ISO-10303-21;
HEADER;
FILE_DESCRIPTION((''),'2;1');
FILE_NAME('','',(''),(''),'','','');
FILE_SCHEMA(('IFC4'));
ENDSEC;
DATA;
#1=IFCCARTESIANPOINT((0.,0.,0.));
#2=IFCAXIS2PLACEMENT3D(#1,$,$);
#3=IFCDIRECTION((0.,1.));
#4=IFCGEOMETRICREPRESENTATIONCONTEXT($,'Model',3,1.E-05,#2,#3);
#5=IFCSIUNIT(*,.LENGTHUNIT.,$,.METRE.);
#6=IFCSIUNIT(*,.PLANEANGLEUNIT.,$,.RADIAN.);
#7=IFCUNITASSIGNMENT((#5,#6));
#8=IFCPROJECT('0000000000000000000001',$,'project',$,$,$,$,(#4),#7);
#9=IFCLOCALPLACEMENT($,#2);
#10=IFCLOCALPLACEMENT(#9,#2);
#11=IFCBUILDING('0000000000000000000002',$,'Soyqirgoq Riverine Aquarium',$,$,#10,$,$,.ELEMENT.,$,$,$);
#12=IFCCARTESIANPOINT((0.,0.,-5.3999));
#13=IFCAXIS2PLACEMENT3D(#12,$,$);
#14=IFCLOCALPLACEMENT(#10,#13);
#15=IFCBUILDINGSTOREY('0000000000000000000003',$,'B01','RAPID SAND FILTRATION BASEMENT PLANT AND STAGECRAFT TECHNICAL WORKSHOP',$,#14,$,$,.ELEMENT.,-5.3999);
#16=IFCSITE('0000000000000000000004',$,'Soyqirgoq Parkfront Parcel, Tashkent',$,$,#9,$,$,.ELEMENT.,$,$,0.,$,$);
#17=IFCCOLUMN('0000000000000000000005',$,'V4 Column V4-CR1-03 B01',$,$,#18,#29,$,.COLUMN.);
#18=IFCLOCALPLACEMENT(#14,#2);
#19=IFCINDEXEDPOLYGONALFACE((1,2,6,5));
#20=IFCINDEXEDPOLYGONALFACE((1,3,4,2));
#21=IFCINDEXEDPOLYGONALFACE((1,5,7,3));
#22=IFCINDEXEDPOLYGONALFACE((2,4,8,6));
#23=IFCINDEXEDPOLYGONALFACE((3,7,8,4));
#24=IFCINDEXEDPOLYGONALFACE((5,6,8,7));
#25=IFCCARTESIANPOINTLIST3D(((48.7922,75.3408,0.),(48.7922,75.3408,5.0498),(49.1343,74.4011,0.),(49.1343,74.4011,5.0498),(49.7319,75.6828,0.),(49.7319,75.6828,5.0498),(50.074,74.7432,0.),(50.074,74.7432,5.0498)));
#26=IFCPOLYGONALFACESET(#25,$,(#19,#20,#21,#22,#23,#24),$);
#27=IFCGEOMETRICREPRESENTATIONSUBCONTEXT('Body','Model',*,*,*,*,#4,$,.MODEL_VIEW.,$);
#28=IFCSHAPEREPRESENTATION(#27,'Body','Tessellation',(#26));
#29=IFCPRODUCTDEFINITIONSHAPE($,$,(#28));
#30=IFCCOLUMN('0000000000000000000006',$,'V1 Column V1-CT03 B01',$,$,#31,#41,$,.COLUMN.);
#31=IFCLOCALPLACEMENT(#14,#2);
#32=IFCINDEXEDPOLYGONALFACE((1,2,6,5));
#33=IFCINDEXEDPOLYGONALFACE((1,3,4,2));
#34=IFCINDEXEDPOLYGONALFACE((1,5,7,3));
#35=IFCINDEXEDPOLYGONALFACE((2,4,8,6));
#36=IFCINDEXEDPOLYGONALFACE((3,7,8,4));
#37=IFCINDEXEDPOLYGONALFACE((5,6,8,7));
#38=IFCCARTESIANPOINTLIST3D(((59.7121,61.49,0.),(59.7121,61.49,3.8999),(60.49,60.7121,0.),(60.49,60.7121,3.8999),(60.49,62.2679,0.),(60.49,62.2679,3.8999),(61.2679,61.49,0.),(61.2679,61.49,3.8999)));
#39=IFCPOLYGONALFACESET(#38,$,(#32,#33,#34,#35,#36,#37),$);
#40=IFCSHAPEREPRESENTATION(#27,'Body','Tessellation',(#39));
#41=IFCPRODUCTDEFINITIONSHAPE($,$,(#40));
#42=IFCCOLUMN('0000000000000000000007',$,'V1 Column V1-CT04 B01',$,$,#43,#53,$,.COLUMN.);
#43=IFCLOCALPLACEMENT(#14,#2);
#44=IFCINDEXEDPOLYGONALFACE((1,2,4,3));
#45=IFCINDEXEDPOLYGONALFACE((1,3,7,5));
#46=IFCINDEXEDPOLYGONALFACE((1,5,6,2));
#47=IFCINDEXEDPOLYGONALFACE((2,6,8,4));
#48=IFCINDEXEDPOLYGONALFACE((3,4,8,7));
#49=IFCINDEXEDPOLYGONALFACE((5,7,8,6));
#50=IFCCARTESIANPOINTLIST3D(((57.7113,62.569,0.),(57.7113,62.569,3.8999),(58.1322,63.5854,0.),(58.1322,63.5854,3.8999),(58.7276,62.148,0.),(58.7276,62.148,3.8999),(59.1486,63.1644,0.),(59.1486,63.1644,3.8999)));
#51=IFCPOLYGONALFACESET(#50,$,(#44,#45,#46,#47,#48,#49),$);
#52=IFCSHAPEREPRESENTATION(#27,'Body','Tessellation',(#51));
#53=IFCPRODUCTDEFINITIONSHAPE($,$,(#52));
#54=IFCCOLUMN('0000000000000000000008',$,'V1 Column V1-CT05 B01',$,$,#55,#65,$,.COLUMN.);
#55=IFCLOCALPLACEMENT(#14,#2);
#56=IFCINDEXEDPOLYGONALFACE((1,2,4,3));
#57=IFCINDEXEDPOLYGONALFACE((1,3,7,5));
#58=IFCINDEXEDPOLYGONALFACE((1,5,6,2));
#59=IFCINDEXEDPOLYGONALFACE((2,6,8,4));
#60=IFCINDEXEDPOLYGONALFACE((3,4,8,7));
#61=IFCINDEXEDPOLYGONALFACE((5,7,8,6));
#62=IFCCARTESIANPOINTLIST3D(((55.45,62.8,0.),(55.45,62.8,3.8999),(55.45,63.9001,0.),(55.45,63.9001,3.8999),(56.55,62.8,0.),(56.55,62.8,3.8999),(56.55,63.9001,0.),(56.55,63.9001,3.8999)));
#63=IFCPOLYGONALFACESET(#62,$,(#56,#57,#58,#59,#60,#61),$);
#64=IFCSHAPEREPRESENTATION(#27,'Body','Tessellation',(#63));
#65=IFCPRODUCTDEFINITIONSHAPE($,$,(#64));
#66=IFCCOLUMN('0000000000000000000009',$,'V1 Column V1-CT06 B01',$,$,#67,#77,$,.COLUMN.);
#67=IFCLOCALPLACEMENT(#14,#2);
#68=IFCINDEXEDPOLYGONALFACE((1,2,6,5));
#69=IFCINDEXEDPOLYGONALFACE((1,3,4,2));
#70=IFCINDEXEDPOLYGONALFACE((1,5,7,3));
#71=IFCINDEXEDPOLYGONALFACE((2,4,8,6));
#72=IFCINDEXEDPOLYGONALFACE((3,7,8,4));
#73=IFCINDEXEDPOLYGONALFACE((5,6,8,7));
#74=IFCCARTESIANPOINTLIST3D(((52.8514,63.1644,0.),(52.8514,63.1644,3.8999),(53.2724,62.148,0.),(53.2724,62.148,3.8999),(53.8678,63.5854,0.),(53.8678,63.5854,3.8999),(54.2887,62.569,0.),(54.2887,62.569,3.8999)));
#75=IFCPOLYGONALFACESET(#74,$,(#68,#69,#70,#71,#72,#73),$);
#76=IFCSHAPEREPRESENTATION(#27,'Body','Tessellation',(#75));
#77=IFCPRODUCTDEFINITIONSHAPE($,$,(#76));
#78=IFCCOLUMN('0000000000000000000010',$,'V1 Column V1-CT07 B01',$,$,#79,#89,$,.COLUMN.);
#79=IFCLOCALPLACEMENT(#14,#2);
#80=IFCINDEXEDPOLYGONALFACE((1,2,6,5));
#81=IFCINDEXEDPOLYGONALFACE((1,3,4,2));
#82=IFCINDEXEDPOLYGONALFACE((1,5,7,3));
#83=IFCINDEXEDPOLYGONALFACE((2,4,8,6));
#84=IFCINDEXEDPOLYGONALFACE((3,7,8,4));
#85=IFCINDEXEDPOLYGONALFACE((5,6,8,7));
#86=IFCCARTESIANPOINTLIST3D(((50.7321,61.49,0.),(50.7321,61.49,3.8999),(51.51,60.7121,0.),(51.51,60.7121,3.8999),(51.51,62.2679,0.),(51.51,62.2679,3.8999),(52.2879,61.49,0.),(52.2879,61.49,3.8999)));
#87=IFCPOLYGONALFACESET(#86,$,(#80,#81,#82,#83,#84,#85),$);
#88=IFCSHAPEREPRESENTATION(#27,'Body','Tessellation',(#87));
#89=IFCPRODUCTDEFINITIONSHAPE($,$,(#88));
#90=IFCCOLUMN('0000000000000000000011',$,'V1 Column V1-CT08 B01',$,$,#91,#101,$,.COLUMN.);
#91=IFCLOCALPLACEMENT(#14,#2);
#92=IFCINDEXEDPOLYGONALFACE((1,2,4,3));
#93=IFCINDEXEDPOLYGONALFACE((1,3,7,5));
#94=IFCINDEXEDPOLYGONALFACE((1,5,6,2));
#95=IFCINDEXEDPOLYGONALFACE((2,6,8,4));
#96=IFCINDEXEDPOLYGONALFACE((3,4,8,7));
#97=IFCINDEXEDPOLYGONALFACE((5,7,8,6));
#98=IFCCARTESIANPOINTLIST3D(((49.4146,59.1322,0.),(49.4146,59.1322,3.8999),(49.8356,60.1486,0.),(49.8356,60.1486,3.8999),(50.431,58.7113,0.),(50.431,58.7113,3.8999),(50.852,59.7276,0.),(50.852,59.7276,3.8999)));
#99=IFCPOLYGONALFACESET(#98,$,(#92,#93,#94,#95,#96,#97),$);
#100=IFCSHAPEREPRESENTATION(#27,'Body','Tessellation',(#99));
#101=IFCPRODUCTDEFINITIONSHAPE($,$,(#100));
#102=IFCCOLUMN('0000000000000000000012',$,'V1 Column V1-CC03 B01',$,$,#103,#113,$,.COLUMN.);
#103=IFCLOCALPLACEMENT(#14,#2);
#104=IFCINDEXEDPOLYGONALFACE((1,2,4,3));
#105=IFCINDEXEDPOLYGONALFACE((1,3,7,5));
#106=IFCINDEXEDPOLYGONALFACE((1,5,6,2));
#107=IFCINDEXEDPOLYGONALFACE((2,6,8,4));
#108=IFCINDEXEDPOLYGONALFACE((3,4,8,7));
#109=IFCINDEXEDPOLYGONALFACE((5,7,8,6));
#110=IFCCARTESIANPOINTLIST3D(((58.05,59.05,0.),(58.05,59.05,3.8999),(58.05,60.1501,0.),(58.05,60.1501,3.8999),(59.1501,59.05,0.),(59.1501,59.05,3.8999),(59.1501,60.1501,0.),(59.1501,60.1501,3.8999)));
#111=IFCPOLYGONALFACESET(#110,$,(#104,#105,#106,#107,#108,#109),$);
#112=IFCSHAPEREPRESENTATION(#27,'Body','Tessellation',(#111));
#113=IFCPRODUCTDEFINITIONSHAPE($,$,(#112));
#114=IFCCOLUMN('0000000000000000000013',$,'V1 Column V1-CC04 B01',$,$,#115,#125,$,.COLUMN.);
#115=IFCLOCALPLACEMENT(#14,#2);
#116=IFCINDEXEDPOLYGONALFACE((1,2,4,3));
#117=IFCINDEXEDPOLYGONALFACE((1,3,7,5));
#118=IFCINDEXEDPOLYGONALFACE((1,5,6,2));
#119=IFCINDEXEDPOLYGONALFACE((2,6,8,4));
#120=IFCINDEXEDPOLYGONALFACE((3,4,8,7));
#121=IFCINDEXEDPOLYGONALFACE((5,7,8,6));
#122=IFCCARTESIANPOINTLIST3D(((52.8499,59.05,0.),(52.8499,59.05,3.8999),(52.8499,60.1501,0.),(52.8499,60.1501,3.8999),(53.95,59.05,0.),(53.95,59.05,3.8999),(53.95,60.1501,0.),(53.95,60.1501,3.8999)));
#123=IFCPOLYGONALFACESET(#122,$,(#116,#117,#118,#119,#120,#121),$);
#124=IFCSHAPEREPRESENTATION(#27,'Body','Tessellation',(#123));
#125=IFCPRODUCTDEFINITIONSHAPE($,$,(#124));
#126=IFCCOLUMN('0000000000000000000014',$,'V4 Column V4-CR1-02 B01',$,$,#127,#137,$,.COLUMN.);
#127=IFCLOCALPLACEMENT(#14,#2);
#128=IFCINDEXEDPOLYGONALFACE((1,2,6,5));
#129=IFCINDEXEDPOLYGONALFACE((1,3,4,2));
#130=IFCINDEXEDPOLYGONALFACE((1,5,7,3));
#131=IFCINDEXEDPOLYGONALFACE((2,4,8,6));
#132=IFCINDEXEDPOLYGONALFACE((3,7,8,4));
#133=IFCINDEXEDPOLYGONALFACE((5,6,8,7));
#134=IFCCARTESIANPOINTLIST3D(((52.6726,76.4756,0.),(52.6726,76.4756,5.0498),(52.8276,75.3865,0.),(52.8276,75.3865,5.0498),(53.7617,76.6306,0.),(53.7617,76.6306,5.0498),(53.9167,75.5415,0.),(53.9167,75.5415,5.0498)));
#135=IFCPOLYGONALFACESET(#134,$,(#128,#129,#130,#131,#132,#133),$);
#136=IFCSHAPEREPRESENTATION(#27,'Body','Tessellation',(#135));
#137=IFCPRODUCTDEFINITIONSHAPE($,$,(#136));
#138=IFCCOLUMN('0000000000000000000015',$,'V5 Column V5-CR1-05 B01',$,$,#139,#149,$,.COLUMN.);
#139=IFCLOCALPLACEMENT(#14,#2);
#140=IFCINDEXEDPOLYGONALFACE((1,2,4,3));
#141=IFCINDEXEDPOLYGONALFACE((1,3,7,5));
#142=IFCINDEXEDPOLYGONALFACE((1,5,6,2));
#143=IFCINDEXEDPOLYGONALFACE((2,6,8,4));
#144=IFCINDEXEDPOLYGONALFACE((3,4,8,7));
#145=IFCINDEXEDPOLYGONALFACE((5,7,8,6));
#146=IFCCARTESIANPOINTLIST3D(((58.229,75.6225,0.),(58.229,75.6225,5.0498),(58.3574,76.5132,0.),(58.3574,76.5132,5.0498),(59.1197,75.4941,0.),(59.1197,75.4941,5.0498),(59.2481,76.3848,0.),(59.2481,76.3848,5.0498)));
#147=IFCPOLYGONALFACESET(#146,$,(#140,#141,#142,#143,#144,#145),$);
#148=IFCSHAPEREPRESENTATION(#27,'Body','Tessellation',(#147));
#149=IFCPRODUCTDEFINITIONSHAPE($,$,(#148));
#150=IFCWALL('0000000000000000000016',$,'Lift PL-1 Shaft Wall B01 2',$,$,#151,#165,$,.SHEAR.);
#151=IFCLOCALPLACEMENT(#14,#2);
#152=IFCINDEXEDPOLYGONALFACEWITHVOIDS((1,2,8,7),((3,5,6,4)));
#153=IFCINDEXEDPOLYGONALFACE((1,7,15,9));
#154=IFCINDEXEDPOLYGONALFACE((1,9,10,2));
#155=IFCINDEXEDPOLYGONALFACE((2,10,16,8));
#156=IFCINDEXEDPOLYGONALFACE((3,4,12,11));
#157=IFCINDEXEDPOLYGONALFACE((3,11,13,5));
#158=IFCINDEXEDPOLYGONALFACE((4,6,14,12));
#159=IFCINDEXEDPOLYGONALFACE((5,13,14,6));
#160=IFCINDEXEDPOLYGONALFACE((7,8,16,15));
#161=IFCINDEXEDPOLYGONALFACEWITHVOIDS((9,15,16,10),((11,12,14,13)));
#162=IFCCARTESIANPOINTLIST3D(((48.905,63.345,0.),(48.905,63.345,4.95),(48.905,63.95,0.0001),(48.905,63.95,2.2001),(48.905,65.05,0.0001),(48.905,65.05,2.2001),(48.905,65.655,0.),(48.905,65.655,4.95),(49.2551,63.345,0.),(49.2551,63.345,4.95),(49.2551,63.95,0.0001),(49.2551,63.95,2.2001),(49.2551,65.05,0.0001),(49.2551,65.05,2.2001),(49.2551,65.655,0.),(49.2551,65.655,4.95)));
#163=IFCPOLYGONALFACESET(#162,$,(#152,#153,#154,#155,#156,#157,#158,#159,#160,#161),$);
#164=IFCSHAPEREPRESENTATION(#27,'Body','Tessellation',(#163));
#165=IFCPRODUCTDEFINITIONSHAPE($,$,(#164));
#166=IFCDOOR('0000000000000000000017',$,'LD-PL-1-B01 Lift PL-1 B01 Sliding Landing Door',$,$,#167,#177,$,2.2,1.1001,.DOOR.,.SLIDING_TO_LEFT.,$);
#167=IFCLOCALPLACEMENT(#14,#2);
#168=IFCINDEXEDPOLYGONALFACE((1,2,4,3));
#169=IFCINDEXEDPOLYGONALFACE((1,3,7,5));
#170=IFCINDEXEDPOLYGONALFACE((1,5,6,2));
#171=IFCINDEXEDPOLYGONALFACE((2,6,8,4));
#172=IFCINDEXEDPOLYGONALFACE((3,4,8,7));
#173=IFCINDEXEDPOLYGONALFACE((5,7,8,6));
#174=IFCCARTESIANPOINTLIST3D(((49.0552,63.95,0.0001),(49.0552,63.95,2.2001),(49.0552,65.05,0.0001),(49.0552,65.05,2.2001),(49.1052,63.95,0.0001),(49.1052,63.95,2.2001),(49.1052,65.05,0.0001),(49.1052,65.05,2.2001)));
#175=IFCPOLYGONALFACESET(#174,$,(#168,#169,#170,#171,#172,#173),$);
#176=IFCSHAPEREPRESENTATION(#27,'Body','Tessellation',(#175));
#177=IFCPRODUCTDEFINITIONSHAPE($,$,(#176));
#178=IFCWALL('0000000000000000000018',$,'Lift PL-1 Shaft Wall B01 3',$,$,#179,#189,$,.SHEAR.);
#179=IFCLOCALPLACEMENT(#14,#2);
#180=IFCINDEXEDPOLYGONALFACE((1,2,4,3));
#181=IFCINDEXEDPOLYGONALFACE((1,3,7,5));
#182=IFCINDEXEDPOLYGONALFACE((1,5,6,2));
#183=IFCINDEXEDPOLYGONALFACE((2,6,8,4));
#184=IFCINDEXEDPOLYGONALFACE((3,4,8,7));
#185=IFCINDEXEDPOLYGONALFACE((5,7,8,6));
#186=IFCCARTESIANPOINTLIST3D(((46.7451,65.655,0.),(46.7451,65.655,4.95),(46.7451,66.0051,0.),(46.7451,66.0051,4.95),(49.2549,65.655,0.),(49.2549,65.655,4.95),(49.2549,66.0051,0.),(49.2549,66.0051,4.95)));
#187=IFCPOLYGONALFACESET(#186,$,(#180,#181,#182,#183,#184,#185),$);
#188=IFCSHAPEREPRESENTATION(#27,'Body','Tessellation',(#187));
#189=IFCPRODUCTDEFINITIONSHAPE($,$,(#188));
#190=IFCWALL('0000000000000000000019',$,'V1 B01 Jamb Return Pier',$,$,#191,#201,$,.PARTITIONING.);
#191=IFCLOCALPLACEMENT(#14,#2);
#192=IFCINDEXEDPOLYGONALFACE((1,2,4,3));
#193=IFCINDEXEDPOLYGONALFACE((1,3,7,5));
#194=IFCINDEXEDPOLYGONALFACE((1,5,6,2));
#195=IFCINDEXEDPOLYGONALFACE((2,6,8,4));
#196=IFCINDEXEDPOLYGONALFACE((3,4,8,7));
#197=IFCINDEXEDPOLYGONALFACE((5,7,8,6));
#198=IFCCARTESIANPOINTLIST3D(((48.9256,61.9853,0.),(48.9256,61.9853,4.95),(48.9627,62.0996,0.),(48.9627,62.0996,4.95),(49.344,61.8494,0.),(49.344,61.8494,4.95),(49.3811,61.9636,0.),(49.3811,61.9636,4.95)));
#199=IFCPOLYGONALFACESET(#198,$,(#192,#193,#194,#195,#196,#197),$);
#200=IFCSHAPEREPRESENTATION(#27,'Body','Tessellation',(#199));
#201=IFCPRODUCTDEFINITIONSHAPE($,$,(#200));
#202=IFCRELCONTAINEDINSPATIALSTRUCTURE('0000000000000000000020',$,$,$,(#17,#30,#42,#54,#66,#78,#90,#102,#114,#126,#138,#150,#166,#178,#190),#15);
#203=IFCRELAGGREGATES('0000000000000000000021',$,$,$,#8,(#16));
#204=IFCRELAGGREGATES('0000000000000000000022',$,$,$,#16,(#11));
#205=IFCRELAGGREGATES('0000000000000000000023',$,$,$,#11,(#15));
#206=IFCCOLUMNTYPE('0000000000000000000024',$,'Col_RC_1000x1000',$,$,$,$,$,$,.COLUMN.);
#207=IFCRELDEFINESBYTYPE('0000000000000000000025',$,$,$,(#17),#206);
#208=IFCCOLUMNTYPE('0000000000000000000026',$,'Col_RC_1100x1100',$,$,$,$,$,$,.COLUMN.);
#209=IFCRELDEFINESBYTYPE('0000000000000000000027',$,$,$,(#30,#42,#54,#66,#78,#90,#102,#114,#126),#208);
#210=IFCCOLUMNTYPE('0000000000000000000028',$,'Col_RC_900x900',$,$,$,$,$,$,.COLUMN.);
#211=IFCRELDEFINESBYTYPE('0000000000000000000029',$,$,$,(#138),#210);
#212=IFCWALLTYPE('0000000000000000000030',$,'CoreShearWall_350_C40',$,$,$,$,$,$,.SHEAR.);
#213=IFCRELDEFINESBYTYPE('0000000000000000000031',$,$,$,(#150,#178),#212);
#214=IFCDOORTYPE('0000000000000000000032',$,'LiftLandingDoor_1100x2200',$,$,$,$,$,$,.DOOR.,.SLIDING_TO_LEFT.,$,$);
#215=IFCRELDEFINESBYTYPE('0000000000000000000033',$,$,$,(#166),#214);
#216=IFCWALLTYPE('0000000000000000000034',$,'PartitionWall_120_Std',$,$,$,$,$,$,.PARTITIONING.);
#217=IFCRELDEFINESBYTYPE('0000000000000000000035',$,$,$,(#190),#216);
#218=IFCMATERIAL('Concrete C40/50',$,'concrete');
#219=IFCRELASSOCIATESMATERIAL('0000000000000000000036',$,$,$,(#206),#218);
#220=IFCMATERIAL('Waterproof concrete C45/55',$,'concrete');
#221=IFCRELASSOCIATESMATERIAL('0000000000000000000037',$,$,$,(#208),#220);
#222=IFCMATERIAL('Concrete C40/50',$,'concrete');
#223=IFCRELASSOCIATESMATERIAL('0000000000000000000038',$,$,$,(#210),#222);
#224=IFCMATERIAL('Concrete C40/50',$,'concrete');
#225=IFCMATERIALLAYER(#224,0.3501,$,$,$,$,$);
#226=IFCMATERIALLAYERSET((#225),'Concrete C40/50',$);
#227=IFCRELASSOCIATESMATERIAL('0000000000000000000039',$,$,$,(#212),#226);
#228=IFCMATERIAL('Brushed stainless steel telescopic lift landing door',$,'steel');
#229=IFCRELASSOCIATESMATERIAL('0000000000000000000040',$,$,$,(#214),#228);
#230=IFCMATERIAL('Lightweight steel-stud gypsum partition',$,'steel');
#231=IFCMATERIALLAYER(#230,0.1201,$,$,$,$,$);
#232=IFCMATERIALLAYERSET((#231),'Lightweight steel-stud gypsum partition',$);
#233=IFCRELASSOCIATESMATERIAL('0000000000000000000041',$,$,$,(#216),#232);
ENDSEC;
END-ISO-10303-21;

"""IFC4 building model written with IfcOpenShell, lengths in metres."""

from ifc_helpers import new_model, si_unit, direction, frame, frame_2d, origin, origin_2d, place, context, subcontext, project, spatial, rectangle, extrude, material, layer, layer_set, material_profile, profile_set, type_object, element, fill, save


model = new_model("IFC4")

# Units and contexts
model_context = context("Model", 3, precision=1e-05, world=origin(), true_north=direction((0.0, 1.0)))
body_context = subcontext(model_context, "Body", "Model", "MODEL_VIEW")
ifc_project = project(units=[si_unit("LENGTHUNIT", "METRE"), si_unit("PLANEANGLEUNIT", "RADIAN")], contexts=[model_context])

# Site, building, storey
site_placement = place(None, origin())
site = spatial("IfcSite", under=ifc_project, at=site_placement, Name="Soyqirgoq Parkfront Parcel, Tashkent", CompositionType="ELEMENT", RefElevation=0.0)
building_placement = place(site_placement, origin())
building = spatial("IfcBuilding", under=site, at=building_placement, Name="Soyqirgoq Riverine Aquarium", CompositionType="ELEMENT")
storey_placement = place(building_placement, frame((0.0, 0.0, -5.3999)))
storey = spatial("IfcBuildingStorey", under=building, at=storey_placement, Name="B01", Description="RAPID SAND FILTRATION BASEMENT PLANT AND STAGECRAFT TECHNICAL WORKSHOP", CompositionType="ELEMENT", Elevation=-5.3999)

# Columns
ifc_material_1 = material(Name="Concrete C40/50", Category="concrete")
ifc_material_profile_1 = material_profile(ifc_material_1, rectangle(XDim=1.0, YDim=1.0, at=origin_2d()), Name="RC 1000x1000")
ifc_profile_set_1 = profile_set([ifc_material_profile_1], Name="Concrete C40/50")
column_type_1 = type_object("IfcColumnType", Name="Col_RC_1000x1000", PredefinedType="COLUMN", material=ifc_profile_set_1)
column_1_placement = place(storey_placement, frame((49.4331, 75.042, 0.0), z_axis=(0.0, 0.0, 1.0), x_axis=(-0.34202, 0.939693, 0.0)))
element("IfcColumn", 1, at=column_1_placement, inside=storey, type_object=column_type_1, Name="V4 Column V4-CR1-03 B01", PredefinedType="COLUMN", context=body_context, shape_type="SweptSolid", body=[
    extrude(rectangle(XDim=1.0, YDim=1.0, at=origin_2d()), origin(), (0.0, 0.0, 1.0), 5.0498),
])
ifc_material_2 = material(Name="Waterproof concrete C45/55", Category="concrete")
ifc_material_profile_2 = material_profile(ifc_material_2, rectangle(XDim=1.1001, YDim=1.1001, at=origin_2d()), Name="RC 1100x1100")
ifc_profile_set_2 = profile_set([ifc_material_profile_2], Name="Waterproof concrete C45/55")
column_type_2 = type_object("IfcColumnType", Name="Col_RC_1100x1100", PredefinedType="COLUMN", material=ifc_profile_set_2)
for number, where, z_axis, x_axis, name in (
    (2, (60.49, 61.49, 0.0), (0.0, 0.0, 1.0), (0.707107, 0.707107, 0.0), "V1 Column V1-CT03 B01"),
    (3, (58.4299, 62.8667, 0.0), (0.0, 0.0, 1.0), (0.382683, 0.92388, 0.0), "V1 Column V1-CT04 B01"),
    (4, (56.0, 63.3501, 0.0), (0.0, 0.0, 1.0), (0.0, 1.0, 0.0), "V1 Column V1-CT05 B01"),
    (5, (53.5701, 62.8667, 0.0), (0.0, 0.0, 1.0), (-0.382683, 0.92388, 0.0), "V1 Column V1-CT06 B01"),
    (6, (51.51, 61.49, 0.0), (0.0, 0.0, 1.0), (-0.707107, 0.707107, 0.0), "V1 Column V1-CT07 B01"),
    (7, (50.1333, 59.4299, 0.0), (0.0, 0.0, 1.0), (-0.92388, 0.382683, 0.0), "V1 Column V1-CT08 B01"),
    (8, (58.6001, 59.6001, 0.0), (0.0, 0.0, 1.0), (1.0, 0.0, 0.0), "V1 Column V1-CC03 B01"),
    (9, (53.3999, 59.6001, 0.0), (0.0, 0.0, 1.0), (1.0, 0.0, 0.0), "V1 Column V1-CC04 B01"),
):
    element("IfcColumn", number, at=place(storey_placement, frame(where, z_axis=z_axis, x_axis=x_axis)), inside=storey, type_object=column_type_2, Name=name, PredefinedType="COLUMN", context=body_context, shape_type="SweptSolid", body=[
        extrude(rectangle(XDim=1.1001, YDim=1.1001, at=origin_2d()), origin(), (0.0, 0.0, 1.0), 3.8999),
    ])
column_2_placement = place(storey_placement, frame((53.2947, 76.0085, 0.0), z_axis=(0.0, 0.0, 1.0), x_axis=(-0.140901, 0.990024, 0.0)))
element("IfcColumn", 10, at=column_2_placement, inside=storey, type_object=column_type_2, Name="V4 Column V4-CR1-02 B01", PredefinedType="COLUMN", context=body_context, shape_type="SweptSolid", body=[
    extrude(rectangle(XDim=1.1001, YDim=1.1001, at=origin_2d()), origin(), (0.0, 0.0, 1.0), 5.0498),
])
ifc_material_3 = material(Name="Concrete C40/50", Category="concrete")
ifc_material_profile_3 = material_profile(ifc_material_3, rectangle(XDim=0.8999, YDim=0.8999, at=origin_2d()), Name="RC 900x900")
ifc_profile_set_3 = profile_set([ifc_material_profile_3], Name="Concrete C40/50")
column_type_3 = type_object("IfcColumnType", Name="Col_RC_900x900", PredefinedType="COLUMN", material=ifc_profile_set_3)
column_3_placement = place(storey_placement, frame((58.7385, 76.0037, 0.0), z_axis=(0.0, 0.0, 1.0), x_axis=(0.142629, 0.989776, 0.0)))
element("IfcColumn", 11, at=column_3_placement, inside=storey, type_object=column_type_3, Name="V5 Column V5-CR1-05 B01", PredefinedType="COLUMN", context=body_context, shape_type="SweptSolid", body=[
    extrude(rectangle(XDim=0.8999, YDim=0.8999, at=origin_2d()), origin(), (0.0, 0.0, 1.0), 5.0498),
])

# Wall, opening, door
ifc_material_4 = material(Name="Concrete C40/50", Category="concrete")
ifc_layer_1 = layer(ifc_material_4, 0.3501)
ifc_layer_set_1 = layer_set([ifc_layer_1], Name="Concrete C40/50")
wall_type_1 = type_object("IfcWallType", Name="CoreShearWall_350_C40", PredefinedType="SHEAR", material=ifc_layer_set_1)
wall_1_placement = place(storey_placement, frame((49.0801, 63.345, 0.0), z_axis=(0.0, 0.0, 1.0), x_axis=(0.0, 1.0, 0.0)))
wall_1 = element("IfcWall", 12, at=wall_1_placement, inside=storey, type_object=wall_type_1, Name="Lift PL-1 Shaft Wall B01 2", PredefinedType="SHEAR", context=body_context, shape_type="SweptSolid", body=[
    extrude(rectangle(XDim=2.3101, YDim=0.3501, at=frame_2d((1.155, 0.0))), origin(), (0.0, 0.0, 1.0), 4.95),
])
opening_1_placement = place(wall_1_placement, frame((0.605, 0.0, 0.0)))
opening_1 = element("IfcOpeningElement", 13, at=opening_1_placement, cuts=wall_1, PredefinedType="OPENING", context=body_context, shape_type="SweptSolid", body=[
    extrude(rectangle(XDim=1.1001, YDim=2.2, at=frame_2d((0.55, 1.1001))), frame((0.0, 0.1851, 0.0), z_axis=(0.0, -1.0, 0.0), x_axis=(1.0, 0.0, 0.0)), (0.0, 0.0, 1.0), 0.3701),
])
ifc_material_5 = material(Name="Brushed stainless steel telescopic lift landing door", Category="steel")
door_type_1 = type_object("IfcDoorType", Name="LiftLandingDoor_1100x2200", OperationType="SLIDING_TO_LEFT", PredefinedType="DOOR", material=ifc_material_5)
door_1_placement = place(opening_1_placement, origin())
door_1 = element("IfcDoor", 14, at=door_1_placement, inside=storey, type_object=door_type_1, Name="LD-PL-1-B01 Lift PL-1 B01 Sliding Landing Door", OperationType="SLIDING_TO_LEFT", OverallHeight=2.2, OverallWidth=1.1001, PredefinedType="DOOR", context=body_context, shape_type="SweptSolid", body=[
    extrude(rectangle(XDim=1.1001, YDim=2.2, at=frame_2d((0.55, 1.1001))), frame((0.0, 0.0249, 0.0), z_axis=(0.0, -1.0, 0.0), x_axis=(1.0, 0.0, 0.0)), (0.0, 0.0, 1.0), 0.05),
])
fill(opening_1, door_1)

# Walls
wall_2_placement = place(storey_placement, frame((49.2549, 65.8301, 0.0), z_axis=(0.0, 0.0, 1.0), x_axis=(-1.0, 0.0, 0.0)))
element("IfcWall", 15, at=wall_2_placement, inside=storey, type_object=wall_type_1, Name="Lift PL-1 Shaft Wall B01 3", PredefinedType="SHEAR", context=body_context, shape_type="SweptSolid", body=[
    extrude(rectangle(XDim=2.5098, YDim=0.3501, at=frame_2d((1.2549, 0.0))), origin(), (0.0, 0.0, 1.0), 4.95),
])
ifc_material_6 = material(Name="Lightweight steel-stud gypsum partition", Category="steel")
ifc_layer_2 = layer(ifc_material_6, 0.1201)
ifc_layer_set_2 = layer_set([ifc_layer_2], Name="Lightweight steel-stud gypsum partition")
wall_type_2 = type_object("IfcWallType", Name="PartitionWall_120_Std", PredefinedType="PARTITIONING", material=ifc_layer_set_2)
for number, where, z_axis, x_axis, name in (
    (16, (49.3625, 61.9065, 0.0), (0.0, 0.0, 1.0), (-0.951042, 0.309061, 0.0), "V1 B01 Jamb Return Pier"),
):
    element("IfcWall", number, at=place(storey_placement, frame(where, z_axis=z_axis, x_axis=x_axis)), inside=storey, type_object=wall_type_2, Name=name, PredefinedType="PARTITIONING", context=body_context, shape_type="SweptSolid", body=[
        extrude(rectangle(XDim=0.4399, YDim=0.1201, at=frame_2d((0.22, 0.0))), origin(), (0.0, 0.0, 1.0), 4.95),
    ])

save(model, "model.ifc")
